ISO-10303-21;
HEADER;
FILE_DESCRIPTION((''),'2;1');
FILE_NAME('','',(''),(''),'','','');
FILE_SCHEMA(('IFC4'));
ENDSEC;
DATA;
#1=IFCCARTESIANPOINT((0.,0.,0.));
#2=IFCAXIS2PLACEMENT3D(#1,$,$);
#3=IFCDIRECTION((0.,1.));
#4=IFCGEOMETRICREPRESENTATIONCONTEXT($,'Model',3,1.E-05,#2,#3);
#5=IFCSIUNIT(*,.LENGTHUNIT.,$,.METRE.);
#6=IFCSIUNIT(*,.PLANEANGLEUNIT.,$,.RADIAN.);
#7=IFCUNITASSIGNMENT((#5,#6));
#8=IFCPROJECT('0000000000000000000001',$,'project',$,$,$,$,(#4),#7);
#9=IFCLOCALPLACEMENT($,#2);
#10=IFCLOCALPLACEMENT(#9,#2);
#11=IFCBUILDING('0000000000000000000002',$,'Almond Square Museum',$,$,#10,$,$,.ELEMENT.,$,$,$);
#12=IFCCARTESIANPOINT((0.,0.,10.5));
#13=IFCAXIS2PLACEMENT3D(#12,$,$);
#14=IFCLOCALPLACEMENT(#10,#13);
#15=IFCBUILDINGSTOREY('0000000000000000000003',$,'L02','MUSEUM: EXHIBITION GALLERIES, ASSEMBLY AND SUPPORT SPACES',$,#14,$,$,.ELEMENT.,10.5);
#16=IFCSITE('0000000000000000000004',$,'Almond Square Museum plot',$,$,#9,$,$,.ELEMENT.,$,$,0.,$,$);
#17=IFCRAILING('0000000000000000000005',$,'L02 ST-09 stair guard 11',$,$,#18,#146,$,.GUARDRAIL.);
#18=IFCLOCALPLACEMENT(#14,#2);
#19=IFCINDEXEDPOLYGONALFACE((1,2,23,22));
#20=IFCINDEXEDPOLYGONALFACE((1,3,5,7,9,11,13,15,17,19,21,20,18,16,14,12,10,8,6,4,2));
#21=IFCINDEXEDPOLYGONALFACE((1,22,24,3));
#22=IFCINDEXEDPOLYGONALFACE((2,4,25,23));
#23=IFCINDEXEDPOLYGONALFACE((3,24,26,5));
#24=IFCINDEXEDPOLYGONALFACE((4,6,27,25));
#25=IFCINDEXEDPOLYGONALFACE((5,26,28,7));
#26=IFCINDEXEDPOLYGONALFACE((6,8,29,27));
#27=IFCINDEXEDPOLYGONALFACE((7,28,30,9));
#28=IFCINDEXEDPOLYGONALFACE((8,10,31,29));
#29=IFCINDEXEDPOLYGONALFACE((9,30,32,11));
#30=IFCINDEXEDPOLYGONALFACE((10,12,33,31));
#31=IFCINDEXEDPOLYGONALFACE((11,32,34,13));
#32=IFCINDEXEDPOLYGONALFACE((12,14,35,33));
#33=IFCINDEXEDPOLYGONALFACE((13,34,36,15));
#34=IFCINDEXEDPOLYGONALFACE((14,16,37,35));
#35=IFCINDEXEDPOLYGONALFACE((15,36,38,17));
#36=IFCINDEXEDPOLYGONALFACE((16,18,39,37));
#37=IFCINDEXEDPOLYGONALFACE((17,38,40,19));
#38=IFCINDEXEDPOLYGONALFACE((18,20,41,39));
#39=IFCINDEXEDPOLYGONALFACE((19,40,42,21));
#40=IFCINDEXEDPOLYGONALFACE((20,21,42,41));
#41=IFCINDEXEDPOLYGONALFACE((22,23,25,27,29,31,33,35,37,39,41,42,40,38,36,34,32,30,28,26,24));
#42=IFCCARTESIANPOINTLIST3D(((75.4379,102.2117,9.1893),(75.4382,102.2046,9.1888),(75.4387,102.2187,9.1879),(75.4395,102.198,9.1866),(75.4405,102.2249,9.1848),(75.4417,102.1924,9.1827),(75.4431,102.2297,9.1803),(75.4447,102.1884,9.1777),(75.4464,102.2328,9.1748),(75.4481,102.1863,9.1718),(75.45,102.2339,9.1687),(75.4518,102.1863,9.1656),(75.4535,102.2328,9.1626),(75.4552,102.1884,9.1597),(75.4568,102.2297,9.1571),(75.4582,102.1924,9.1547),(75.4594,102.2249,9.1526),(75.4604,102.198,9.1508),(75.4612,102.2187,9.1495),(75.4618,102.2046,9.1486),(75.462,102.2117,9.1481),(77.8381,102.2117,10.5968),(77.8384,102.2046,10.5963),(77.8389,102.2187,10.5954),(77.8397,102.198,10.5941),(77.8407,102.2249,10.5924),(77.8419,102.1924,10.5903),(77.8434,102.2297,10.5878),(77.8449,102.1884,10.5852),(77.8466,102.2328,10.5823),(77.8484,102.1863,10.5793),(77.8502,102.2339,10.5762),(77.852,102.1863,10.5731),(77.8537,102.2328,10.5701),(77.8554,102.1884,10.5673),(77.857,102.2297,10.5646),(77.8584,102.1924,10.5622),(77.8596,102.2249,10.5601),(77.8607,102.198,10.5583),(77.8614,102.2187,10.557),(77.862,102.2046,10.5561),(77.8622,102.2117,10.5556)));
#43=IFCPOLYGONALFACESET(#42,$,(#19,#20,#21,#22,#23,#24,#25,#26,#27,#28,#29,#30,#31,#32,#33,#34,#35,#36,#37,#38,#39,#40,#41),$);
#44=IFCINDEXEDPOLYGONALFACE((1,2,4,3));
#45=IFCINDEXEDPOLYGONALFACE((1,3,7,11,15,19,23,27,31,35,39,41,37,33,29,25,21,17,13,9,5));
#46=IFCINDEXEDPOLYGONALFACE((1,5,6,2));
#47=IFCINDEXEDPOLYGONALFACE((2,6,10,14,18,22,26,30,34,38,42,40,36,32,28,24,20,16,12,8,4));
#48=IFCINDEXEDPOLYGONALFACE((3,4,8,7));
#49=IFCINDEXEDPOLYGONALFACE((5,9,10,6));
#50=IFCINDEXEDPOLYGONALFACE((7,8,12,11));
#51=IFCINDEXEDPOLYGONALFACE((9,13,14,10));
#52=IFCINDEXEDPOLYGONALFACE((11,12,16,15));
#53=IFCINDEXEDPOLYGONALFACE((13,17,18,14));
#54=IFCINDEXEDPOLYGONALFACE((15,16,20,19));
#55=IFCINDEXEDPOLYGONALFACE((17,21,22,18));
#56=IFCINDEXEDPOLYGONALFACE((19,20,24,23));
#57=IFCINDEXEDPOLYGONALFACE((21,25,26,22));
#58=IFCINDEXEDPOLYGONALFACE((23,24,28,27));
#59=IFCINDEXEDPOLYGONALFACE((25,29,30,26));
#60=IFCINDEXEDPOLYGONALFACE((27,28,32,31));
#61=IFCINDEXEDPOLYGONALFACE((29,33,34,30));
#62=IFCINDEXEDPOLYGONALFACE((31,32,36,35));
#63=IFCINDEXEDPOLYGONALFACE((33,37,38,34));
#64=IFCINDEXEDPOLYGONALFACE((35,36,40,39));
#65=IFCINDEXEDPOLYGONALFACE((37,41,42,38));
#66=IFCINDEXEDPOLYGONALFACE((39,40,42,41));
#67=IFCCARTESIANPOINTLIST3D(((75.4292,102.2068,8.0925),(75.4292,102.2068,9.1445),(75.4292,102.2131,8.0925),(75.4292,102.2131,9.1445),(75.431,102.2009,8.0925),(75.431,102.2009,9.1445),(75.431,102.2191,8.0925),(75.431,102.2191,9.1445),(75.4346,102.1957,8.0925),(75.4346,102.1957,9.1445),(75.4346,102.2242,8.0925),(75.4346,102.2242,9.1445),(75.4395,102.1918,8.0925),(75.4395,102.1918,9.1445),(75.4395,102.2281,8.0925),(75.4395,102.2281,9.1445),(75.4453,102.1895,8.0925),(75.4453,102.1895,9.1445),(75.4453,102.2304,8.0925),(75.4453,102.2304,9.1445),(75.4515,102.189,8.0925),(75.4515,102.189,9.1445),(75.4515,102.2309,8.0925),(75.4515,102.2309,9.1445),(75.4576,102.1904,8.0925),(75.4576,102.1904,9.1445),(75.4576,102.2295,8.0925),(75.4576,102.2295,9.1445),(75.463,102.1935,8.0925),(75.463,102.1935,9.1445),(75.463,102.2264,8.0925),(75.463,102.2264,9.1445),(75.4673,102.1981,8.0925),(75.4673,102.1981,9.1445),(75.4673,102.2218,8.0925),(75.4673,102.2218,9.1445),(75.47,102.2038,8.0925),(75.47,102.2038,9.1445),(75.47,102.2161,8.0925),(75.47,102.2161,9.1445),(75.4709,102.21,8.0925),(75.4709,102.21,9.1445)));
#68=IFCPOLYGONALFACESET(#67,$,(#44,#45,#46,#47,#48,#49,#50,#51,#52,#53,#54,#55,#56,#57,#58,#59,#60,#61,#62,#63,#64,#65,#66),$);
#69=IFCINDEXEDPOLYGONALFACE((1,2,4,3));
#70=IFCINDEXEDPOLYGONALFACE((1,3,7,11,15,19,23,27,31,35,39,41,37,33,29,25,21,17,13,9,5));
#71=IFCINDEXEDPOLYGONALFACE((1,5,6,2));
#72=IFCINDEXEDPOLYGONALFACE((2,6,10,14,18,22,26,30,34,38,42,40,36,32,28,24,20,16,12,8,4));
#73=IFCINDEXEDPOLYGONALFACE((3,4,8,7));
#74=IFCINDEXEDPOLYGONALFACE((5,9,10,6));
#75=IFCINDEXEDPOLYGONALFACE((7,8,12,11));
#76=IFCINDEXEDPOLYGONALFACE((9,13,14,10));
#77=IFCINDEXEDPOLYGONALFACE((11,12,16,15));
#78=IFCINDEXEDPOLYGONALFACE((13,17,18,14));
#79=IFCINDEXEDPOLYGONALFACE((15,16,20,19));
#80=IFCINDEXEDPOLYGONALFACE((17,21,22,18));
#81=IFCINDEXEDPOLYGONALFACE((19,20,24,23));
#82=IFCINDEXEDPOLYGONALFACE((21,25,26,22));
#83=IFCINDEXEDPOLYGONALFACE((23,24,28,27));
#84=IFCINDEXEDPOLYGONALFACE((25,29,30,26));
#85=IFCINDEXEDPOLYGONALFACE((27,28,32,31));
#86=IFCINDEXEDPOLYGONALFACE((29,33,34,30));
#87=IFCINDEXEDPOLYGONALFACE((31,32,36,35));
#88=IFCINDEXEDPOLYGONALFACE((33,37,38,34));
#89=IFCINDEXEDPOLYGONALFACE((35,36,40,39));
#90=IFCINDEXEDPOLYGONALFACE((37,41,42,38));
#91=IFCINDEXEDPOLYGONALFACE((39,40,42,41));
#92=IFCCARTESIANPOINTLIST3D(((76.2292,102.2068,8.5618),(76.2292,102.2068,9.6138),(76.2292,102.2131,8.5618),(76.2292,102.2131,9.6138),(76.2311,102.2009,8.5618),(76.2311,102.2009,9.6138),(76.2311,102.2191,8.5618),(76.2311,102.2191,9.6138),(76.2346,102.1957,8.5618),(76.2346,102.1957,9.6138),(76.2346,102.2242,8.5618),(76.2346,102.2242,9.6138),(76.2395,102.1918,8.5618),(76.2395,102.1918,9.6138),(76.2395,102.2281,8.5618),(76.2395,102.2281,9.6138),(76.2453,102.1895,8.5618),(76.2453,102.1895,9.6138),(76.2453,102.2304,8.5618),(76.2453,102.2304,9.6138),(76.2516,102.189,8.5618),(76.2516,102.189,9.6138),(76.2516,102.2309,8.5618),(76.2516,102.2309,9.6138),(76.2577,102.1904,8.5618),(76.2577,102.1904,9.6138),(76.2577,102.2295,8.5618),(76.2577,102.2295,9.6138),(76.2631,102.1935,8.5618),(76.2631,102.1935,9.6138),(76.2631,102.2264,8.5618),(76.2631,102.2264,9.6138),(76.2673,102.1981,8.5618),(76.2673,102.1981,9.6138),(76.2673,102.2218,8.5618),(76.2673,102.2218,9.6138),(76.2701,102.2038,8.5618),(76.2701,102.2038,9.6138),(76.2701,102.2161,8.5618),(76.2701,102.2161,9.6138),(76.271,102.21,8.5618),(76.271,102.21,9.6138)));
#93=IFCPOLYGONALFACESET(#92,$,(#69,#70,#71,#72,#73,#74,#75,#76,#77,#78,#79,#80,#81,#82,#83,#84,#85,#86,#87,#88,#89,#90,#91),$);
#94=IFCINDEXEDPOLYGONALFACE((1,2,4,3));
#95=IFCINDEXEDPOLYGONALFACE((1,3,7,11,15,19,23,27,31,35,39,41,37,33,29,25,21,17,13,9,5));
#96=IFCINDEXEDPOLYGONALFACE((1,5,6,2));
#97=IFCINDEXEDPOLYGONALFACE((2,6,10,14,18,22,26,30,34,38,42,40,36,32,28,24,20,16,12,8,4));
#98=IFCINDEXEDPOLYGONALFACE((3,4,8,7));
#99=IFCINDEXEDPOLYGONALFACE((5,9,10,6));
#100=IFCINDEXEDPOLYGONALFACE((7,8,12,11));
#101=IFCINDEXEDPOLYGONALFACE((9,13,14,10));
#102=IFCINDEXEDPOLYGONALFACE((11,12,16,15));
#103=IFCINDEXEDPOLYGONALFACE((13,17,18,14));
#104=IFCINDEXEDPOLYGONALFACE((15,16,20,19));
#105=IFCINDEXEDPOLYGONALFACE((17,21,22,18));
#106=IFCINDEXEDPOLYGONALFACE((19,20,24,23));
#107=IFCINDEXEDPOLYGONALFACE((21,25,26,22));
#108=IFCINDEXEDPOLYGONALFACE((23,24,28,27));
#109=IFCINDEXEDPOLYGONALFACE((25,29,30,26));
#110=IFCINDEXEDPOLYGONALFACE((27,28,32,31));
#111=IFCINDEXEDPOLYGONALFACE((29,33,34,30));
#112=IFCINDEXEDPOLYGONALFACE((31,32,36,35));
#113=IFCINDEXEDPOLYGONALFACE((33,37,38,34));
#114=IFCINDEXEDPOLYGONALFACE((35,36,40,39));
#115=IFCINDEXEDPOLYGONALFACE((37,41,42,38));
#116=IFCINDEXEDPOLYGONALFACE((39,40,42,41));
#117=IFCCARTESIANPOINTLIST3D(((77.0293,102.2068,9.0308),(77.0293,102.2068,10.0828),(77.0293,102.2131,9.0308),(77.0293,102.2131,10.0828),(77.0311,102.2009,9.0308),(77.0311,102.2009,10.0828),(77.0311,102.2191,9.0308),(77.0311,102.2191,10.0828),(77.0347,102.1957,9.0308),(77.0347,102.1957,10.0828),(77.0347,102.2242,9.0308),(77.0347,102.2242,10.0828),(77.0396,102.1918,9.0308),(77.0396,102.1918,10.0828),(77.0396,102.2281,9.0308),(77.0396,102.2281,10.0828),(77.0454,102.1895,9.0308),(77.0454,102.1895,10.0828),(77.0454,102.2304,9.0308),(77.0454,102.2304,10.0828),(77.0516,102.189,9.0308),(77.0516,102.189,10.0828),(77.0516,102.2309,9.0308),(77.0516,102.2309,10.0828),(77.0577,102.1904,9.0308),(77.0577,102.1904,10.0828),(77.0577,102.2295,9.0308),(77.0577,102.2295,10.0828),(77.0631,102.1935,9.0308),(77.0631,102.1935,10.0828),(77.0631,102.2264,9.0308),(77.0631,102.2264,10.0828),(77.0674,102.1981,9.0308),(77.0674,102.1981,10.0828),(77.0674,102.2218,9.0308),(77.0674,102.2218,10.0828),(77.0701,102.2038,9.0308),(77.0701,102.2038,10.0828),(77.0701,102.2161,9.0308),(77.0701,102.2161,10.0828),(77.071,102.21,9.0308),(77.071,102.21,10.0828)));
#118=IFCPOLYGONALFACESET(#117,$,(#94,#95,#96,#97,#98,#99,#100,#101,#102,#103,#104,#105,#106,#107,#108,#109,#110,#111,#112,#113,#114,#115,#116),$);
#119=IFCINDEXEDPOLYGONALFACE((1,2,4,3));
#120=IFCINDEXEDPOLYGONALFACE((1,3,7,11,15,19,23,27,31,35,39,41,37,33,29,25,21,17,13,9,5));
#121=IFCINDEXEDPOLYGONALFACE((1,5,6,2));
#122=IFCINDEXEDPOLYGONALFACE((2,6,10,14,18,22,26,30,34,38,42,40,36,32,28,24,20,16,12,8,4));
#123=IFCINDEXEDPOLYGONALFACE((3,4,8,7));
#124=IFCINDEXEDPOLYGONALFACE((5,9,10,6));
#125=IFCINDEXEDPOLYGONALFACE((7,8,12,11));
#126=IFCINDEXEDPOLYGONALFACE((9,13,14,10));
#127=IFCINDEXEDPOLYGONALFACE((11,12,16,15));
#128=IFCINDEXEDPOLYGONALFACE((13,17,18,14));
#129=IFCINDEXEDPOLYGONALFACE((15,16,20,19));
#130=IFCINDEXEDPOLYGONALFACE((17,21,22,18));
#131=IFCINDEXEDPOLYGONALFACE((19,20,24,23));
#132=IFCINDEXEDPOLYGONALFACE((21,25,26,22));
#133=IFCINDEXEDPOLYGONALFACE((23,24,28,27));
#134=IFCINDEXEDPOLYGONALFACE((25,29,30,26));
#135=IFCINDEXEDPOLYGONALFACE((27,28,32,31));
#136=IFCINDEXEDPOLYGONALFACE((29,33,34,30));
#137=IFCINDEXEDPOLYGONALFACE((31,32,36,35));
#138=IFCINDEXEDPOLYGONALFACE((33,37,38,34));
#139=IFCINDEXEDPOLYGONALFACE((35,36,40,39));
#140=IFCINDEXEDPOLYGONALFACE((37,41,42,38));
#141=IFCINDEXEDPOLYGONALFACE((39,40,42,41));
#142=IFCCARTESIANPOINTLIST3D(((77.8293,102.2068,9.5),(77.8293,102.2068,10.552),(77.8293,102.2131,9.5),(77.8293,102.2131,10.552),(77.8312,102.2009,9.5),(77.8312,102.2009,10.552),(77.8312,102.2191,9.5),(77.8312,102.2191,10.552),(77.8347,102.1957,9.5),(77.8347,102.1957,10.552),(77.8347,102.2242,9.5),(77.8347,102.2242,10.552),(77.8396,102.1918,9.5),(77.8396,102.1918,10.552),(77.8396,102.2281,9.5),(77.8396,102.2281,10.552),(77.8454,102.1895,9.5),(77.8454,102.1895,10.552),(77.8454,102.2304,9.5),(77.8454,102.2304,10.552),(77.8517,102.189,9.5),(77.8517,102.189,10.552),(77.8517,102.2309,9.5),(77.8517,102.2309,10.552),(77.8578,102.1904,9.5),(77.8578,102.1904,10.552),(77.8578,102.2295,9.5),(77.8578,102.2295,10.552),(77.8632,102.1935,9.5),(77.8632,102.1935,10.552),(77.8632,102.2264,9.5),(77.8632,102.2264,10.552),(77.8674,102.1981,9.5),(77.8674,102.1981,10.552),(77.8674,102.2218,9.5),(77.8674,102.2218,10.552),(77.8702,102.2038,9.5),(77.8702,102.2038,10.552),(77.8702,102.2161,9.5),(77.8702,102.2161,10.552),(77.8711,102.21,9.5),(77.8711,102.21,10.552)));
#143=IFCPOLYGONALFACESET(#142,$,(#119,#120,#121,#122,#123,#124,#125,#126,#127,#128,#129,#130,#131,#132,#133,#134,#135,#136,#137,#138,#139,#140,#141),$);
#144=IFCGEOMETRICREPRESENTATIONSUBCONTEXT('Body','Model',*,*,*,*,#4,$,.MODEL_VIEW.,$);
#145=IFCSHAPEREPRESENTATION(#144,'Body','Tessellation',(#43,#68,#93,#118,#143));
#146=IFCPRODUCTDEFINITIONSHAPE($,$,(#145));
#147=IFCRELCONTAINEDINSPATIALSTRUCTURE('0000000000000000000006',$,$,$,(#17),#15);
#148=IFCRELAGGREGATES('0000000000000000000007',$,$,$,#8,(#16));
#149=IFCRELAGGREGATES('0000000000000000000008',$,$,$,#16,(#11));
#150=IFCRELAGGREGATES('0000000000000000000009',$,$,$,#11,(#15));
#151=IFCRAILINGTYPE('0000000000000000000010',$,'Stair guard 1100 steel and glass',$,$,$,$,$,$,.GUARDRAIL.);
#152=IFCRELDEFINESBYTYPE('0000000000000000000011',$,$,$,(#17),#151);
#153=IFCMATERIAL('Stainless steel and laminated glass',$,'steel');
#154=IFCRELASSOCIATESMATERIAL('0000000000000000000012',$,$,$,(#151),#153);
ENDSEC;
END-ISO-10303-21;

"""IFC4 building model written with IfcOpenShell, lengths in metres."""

from ifc_helpers import new_model, si_unit, direction, frame, origin, origin_2d, place, context, subcontext, project, spatial, circle, extrude, material, type_object, element, save


model = new_model("IFC4")

# Units and contexts
model_context = context("Model", 3, precision=1e-05, world=origin(), true_north=direction((0.0, 1.0)))
body_context = subcontext(model_context, "Body", "Model", "MODEL_VIEW")
ifc_project = project(units=[si_unit("LENGTHUNIT", "METRE"), si_unit("PLANEANGLEUNIT", "RADIAN")], contexts=[model_context])

# Site, building, storey
site_placement = place(None, origin())
site = spatial("IfcSite", under=ifc_project, at=site_placement, Name="Almond Square Museum plot", CompositionType="ELEMENT", RefElevation=0.0)
building_placement = place(site_placement, origin())
building = spatial("IfcBuilding", under=site, at=building_placement, Name="Almond Square Museum", CompositionType="ELEMENT")
storey_placement = place(building_placement, frame((0.0, 0.0, 10.5)))
storey = spatial("IfcBuildingStorey", under=building, at=storey_placement, Name="L02", Description="MUSEUM: EXHIBITION GALLERIES, ASSEMBLY AND SUPPORT SPACES", CompositionType="ELEMENT", Elevation=10.5)

# Railing
ifc_material_1 = material(Name="Stainless steel and laminated glass", Category="steel")
railing_type_1 = type_object("IfcRailingType", Name="Stair guard 1100 steel and glass", PredefinedType="GUARDRAIL", material=ifc_material_1)
railing_1_placement = place(storey_placement, frame((75.45, 102.21, 8.0925)))
element("IfcRailing", 1, at=railing_1_placement, inside=storey, type_object=railing_type_1, Name="L02 ST-09 stair guard 11", PredefinedType="GUARDRAIL", context=body_context, shape_type="SweptSolid", body=[
    extrude(circle(Radius=0.0239, at=origin_2d()), frame((0.0, 0.0, 1.0762), z_axis=(0.862621, 0.0, 0.50585), x_axis=(0.0, 1.0, 0.0)), (0.0, 0.0, 1.0), 2.7825),
    extrude(circle(Radius=0.021, at=origin_2d()), origin(), (0.0, 0.0, 1.0), 1.052),
    extrude(circle(Radius=0.021, at=origin_2d()), frame((0.8, 0.0, 0.4692)), (0.0, 0.0, 1.0), 1.052),
    extrude(circle(Radius=0.021, at=origin_2d()), frame((1.6001, 0.0, 0.9382)), (0.0, 0.0, 1.0), 1.052),
    extrude(circle(Radius=0.021, at=origin_2d()), frame((2.4001, 0.0, 1.4075)), (0.0, 0.0, 1.0), 1.052),
])

save(model, "model.ifc")
